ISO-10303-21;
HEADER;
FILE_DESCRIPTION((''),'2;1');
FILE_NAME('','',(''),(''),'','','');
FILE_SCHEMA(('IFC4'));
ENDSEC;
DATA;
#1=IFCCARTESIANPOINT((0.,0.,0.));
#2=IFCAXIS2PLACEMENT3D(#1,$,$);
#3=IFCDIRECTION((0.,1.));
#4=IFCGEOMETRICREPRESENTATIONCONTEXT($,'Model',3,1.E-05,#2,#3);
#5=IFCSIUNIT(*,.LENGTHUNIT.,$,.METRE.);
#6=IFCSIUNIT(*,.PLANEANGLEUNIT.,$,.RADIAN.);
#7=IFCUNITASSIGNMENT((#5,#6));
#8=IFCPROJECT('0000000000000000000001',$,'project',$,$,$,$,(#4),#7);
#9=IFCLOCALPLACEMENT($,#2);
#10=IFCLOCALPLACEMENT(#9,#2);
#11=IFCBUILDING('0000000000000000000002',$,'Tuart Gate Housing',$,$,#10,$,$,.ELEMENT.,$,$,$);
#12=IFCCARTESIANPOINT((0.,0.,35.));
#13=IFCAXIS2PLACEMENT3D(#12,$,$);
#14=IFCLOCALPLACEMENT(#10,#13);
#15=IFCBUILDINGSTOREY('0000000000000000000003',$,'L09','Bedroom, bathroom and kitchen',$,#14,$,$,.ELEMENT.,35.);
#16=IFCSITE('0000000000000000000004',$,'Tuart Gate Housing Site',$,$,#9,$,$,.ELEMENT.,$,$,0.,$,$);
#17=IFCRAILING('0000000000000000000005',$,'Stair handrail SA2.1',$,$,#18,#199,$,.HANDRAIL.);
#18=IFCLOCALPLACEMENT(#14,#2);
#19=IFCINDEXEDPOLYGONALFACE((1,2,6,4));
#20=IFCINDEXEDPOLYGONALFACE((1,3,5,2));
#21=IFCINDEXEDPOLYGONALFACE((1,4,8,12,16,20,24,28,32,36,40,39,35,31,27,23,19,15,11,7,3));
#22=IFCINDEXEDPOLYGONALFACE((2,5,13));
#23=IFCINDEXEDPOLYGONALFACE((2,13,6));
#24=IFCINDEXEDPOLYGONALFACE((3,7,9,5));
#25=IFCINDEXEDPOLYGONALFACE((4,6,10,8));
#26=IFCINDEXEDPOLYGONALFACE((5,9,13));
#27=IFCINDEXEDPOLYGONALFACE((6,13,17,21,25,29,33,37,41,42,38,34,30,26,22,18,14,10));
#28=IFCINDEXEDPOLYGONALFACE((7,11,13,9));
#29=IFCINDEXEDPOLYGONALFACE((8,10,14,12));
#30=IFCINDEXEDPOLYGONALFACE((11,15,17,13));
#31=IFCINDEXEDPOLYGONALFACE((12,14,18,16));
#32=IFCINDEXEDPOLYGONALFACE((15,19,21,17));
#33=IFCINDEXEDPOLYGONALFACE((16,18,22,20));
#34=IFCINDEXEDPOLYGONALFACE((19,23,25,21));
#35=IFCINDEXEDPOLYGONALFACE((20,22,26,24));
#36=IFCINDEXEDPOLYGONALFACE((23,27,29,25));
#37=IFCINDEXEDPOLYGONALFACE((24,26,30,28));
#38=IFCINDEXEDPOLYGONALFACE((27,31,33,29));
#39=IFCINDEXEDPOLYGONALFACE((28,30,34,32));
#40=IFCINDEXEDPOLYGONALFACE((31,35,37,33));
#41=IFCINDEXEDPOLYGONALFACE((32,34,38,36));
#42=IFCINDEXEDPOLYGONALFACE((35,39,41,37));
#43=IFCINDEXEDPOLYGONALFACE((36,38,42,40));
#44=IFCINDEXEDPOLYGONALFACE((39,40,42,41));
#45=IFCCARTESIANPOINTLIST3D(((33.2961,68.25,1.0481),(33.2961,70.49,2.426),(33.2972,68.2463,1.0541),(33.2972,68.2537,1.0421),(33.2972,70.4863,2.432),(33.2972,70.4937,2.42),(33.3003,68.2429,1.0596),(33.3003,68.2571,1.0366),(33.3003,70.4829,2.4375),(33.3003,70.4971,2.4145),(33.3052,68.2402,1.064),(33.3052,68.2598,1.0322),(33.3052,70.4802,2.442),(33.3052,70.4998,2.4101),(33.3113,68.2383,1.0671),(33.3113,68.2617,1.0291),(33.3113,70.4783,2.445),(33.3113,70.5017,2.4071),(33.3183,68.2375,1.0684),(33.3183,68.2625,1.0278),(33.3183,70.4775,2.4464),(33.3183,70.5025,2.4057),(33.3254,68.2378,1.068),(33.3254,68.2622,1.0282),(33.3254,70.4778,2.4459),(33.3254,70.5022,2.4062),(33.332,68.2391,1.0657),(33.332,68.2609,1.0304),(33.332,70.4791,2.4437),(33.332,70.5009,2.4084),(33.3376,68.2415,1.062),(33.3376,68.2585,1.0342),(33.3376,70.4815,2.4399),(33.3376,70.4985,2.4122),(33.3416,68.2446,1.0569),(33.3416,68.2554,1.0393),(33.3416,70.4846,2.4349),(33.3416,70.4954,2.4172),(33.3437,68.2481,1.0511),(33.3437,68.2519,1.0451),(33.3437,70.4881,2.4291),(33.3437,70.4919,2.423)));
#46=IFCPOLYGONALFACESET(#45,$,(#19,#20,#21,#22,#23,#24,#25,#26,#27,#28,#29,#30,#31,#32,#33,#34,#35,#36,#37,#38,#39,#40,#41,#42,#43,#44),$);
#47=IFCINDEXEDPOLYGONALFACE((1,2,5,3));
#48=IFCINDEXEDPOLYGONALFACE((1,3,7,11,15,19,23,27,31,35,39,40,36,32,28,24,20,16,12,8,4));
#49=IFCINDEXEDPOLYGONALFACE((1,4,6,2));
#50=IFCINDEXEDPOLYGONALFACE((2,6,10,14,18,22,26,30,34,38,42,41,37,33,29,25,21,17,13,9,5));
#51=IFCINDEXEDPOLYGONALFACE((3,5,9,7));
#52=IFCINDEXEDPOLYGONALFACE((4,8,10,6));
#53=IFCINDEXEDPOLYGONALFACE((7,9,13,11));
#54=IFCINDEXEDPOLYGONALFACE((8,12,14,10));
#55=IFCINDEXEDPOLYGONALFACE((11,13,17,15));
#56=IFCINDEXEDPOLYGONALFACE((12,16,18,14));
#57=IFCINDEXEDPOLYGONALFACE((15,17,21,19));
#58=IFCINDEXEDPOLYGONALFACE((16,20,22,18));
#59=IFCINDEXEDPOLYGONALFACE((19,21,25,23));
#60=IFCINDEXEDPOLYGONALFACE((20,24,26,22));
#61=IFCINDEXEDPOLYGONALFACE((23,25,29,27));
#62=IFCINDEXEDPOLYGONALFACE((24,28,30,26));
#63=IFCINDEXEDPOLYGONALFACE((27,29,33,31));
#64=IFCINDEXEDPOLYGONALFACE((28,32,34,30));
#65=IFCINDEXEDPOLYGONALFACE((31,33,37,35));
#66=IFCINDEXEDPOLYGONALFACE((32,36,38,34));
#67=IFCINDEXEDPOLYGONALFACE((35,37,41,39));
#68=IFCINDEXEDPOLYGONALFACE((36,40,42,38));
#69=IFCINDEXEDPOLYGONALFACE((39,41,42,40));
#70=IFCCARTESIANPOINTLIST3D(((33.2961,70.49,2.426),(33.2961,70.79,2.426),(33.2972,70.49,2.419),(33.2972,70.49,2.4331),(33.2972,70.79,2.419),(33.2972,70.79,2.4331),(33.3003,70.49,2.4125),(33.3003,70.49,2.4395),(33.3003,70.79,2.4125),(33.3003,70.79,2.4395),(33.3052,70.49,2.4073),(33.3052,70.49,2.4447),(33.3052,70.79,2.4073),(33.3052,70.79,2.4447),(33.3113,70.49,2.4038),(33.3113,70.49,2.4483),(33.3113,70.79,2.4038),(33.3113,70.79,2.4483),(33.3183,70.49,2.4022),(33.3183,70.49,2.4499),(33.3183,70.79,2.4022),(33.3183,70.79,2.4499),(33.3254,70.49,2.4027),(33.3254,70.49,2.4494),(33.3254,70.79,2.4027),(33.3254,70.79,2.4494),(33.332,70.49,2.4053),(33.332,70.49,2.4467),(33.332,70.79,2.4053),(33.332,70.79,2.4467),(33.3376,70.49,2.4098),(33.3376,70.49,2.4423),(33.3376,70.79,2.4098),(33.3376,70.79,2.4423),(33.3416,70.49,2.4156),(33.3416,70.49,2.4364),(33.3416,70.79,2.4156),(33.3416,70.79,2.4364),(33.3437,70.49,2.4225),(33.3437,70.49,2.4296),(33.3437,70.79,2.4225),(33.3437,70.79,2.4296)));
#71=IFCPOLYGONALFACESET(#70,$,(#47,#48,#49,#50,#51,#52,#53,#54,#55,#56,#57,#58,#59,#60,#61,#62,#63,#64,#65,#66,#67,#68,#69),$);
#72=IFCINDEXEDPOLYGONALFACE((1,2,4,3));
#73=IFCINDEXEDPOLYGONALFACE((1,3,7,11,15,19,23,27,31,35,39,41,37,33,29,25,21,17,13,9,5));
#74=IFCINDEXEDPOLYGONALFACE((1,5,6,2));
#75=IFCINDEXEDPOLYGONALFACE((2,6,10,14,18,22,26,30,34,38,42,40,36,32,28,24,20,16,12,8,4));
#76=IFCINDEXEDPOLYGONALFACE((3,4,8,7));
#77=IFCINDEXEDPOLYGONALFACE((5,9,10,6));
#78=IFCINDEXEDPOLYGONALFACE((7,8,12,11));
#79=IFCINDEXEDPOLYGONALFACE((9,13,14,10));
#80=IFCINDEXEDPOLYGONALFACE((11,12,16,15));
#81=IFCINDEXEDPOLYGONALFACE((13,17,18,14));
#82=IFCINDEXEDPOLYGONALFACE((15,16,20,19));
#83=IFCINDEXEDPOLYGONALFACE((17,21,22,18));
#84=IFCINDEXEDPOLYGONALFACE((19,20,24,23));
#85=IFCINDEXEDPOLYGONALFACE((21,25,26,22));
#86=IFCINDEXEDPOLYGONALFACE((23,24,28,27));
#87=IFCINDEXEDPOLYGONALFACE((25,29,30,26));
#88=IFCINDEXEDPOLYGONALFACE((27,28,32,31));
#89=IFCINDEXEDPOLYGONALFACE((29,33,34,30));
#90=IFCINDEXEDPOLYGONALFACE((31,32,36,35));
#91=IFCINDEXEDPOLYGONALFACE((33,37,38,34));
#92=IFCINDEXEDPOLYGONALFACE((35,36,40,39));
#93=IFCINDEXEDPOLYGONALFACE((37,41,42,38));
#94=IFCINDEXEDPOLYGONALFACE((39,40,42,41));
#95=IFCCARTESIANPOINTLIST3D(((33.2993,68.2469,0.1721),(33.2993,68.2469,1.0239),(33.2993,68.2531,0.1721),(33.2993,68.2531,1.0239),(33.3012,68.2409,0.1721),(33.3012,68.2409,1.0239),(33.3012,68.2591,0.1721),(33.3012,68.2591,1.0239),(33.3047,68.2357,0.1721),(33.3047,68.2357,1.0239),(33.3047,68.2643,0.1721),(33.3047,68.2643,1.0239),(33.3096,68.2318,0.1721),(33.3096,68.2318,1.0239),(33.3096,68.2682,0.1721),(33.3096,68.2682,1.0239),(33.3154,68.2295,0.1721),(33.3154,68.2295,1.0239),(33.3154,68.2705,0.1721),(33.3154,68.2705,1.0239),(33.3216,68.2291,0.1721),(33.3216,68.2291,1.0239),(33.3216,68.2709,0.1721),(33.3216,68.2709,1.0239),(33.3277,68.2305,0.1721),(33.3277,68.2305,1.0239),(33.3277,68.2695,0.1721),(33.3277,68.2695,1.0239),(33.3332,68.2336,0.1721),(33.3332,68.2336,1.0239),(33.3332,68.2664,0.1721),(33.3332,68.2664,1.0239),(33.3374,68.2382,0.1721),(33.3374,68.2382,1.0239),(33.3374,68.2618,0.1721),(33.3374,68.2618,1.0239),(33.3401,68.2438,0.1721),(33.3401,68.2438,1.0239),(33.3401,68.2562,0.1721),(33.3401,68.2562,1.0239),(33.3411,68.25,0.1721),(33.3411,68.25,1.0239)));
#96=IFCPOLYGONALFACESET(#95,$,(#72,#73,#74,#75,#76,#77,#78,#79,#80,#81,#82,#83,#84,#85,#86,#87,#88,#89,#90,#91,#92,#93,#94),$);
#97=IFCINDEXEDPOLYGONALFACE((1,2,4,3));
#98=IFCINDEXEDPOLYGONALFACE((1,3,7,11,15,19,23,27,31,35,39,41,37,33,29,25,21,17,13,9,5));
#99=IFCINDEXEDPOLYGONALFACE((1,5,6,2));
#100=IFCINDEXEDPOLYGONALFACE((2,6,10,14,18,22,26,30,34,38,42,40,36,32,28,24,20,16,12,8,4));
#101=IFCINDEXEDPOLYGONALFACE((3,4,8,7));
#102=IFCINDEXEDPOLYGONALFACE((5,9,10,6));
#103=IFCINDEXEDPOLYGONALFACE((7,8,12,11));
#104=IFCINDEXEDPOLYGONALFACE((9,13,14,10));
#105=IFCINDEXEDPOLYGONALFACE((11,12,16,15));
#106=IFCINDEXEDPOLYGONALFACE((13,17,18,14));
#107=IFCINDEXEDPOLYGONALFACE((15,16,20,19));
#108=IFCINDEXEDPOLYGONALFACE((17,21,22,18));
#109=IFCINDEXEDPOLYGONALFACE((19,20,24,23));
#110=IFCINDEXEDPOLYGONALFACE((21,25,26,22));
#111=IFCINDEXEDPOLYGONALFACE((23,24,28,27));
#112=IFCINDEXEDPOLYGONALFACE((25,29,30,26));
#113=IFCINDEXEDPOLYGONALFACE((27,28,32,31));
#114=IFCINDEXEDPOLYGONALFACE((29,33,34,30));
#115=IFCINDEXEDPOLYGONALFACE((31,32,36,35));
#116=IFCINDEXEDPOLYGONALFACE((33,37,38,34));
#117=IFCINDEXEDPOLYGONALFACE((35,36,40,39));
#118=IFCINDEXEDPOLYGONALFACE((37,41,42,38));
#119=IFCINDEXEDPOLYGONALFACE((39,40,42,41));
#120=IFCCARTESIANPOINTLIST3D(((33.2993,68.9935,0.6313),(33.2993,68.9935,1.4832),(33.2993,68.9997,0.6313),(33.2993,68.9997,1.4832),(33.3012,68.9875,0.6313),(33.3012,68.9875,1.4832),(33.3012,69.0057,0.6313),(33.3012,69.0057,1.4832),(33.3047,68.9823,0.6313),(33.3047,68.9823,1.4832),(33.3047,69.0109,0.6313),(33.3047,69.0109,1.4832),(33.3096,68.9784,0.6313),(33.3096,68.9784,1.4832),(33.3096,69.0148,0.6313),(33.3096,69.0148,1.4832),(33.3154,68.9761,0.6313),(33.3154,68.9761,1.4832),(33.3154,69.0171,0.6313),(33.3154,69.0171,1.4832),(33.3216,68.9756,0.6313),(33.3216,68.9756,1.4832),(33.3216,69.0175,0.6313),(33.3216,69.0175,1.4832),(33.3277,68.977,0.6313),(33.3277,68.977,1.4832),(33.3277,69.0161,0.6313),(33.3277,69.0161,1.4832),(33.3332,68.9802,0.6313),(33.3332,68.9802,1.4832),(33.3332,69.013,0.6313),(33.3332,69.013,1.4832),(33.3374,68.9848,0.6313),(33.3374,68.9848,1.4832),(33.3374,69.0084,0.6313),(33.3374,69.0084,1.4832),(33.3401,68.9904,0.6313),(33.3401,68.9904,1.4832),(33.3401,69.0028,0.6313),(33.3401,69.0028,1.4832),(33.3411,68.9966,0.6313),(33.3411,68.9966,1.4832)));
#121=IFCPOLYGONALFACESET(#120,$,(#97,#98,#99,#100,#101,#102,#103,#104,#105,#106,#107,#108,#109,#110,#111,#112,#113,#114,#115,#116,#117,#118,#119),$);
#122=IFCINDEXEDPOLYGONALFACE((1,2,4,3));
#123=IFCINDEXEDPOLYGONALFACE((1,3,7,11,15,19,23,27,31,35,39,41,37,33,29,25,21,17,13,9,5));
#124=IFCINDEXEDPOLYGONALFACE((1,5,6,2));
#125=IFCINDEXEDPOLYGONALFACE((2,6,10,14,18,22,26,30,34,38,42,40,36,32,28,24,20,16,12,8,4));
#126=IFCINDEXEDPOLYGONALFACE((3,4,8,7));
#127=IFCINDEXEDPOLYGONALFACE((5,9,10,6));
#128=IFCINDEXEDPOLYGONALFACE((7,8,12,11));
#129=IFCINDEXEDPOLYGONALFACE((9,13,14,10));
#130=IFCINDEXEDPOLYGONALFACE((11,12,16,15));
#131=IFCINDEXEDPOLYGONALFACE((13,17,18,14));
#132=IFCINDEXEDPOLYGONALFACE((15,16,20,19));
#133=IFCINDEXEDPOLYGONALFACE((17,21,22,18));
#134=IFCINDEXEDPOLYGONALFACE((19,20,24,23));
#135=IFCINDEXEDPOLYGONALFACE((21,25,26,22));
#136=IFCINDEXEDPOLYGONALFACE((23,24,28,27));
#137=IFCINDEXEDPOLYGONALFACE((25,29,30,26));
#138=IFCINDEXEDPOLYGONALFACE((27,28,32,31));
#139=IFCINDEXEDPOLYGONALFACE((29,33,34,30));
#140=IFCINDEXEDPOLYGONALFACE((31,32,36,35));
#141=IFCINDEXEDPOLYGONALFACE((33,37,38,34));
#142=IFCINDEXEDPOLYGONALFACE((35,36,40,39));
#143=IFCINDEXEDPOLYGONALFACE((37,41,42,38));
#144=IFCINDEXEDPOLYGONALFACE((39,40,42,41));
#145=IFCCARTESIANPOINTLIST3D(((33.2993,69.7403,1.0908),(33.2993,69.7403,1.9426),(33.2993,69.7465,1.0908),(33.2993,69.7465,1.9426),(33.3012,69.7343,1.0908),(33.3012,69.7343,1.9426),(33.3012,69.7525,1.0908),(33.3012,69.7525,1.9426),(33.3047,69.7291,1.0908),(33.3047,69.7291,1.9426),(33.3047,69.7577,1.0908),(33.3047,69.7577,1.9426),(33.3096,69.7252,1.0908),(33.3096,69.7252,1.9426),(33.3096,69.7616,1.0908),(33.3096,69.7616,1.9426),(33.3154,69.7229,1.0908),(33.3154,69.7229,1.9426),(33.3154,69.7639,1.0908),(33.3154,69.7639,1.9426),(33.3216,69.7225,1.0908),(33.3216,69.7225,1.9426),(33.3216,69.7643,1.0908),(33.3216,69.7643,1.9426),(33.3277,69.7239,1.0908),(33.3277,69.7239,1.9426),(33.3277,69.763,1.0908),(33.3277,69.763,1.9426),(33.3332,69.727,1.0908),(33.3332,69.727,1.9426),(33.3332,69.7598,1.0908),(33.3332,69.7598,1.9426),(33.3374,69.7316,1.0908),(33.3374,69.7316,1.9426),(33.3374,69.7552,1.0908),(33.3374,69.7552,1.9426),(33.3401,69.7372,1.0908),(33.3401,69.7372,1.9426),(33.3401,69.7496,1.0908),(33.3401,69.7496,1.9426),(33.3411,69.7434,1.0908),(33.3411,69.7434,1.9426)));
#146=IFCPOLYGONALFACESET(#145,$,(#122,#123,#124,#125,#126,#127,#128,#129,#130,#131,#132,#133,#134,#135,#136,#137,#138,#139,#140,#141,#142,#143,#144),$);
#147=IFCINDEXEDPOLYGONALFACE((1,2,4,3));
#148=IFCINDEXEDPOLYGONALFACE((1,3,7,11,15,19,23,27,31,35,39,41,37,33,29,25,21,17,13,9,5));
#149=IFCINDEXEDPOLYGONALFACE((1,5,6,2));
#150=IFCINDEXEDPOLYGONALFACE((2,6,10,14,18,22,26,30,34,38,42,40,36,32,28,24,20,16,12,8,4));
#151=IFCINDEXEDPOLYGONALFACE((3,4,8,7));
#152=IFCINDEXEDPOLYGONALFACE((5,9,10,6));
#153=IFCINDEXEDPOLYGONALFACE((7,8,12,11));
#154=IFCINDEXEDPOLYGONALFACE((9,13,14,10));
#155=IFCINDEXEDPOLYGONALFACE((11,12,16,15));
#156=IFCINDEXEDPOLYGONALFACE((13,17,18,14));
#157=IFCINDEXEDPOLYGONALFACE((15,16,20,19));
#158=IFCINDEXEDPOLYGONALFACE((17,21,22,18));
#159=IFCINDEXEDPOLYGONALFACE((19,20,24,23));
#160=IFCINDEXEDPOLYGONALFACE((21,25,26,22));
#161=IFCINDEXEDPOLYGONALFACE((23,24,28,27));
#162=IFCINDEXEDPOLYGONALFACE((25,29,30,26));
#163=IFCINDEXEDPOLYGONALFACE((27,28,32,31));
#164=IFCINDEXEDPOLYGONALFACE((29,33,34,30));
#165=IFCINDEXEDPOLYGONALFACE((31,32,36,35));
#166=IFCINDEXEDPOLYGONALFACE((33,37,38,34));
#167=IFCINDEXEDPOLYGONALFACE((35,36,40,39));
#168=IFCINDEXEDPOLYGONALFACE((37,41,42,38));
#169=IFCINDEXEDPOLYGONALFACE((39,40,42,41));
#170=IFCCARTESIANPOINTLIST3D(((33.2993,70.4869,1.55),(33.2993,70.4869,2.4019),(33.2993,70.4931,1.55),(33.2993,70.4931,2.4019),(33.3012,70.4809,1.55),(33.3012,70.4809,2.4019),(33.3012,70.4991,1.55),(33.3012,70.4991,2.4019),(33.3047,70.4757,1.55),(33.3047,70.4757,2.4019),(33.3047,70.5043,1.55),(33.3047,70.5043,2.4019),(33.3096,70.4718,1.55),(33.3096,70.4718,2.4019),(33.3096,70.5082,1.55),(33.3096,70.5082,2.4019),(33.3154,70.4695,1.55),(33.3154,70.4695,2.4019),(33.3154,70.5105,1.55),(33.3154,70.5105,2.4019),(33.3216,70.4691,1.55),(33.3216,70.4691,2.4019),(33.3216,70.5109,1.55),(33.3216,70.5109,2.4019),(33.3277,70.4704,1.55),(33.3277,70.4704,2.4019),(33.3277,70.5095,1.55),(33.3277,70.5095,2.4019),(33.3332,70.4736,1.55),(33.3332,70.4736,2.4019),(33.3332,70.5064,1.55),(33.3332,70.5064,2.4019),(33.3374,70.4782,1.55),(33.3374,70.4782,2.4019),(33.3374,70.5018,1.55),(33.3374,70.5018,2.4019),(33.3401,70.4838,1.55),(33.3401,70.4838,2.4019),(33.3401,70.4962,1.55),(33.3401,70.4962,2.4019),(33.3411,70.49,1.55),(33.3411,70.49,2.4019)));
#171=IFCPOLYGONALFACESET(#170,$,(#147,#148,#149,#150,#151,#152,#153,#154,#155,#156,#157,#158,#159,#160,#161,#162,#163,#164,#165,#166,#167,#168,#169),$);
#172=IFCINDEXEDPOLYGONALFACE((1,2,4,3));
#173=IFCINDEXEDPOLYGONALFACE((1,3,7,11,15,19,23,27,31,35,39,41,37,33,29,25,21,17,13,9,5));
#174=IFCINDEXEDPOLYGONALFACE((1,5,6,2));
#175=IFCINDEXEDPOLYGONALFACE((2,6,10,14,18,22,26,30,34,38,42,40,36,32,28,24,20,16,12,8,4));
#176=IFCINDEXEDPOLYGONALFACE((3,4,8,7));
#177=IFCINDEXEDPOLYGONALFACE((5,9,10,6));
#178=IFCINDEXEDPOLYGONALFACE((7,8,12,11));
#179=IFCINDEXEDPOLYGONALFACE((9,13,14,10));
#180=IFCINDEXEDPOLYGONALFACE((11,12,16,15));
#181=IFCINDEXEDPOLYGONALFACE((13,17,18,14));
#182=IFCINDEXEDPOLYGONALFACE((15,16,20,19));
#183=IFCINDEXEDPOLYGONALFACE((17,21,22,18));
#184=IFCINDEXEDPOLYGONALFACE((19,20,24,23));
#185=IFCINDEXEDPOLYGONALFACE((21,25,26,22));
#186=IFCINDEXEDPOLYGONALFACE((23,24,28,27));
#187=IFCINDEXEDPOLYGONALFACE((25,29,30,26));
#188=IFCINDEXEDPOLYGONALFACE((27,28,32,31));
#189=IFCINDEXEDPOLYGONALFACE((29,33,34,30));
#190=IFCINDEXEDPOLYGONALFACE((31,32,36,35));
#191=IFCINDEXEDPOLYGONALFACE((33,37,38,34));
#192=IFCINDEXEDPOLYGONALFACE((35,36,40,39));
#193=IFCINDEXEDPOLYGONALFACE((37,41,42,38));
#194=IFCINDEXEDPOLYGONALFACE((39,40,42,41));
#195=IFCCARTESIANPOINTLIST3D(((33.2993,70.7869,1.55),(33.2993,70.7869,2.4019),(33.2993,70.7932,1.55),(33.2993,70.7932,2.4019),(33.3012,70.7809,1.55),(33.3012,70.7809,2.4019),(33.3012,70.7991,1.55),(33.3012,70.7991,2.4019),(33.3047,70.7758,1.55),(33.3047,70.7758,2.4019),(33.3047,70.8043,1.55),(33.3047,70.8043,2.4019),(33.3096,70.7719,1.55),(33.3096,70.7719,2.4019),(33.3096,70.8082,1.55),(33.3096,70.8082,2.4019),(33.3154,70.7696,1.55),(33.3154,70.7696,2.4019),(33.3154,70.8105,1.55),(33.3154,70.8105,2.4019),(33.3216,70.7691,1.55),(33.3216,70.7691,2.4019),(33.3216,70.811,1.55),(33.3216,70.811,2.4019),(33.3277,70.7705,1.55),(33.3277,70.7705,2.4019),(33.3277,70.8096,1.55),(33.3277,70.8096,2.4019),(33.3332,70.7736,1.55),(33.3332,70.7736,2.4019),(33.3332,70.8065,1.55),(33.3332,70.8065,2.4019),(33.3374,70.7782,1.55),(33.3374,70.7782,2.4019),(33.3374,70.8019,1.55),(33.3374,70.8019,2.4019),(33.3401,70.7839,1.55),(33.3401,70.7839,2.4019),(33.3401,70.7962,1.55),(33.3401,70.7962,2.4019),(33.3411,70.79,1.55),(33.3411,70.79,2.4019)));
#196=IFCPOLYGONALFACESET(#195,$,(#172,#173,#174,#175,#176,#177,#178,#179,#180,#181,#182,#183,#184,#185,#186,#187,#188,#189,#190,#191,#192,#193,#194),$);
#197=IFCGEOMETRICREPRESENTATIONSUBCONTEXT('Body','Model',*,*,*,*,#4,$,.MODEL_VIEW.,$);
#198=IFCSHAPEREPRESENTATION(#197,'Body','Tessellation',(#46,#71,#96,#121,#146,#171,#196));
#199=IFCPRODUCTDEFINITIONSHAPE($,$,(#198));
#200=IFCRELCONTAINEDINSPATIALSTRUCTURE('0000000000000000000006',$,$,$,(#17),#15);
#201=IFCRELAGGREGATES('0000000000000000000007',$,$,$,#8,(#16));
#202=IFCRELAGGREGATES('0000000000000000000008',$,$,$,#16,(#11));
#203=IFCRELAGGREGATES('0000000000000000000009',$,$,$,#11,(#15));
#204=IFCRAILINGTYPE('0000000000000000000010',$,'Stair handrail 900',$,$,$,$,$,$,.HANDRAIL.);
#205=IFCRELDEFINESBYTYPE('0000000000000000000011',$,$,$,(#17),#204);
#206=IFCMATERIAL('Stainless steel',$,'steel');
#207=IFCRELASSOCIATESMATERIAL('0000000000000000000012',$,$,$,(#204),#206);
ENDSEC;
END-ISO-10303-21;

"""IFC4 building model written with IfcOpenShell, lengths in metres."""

from ifc_helpers import new_model, si_unit, direction, frame, origin, origin_2d, place, context, subcontext, project, spatial, circle, extrude, material, type_object, element, save


model = new_model("IFC4")

# Units and contexts
model_context = context("Model", 3, precision=1e-05, world=origin(), true_north=direction((0.0, 1.0)))
body_context = subcontext(model_context, "Body", "Model", "MODEL_VIEW")
ifc_project = project(units=[si_unit("LENGTHUNIT", "METRE"), si_unit("PLANEANGLEUNIT", "RADIAN")], contexts=[model_context])

# Site, building, storey
site_placement = place(None, origin())
site = spatial("IfcSite", under=ifc_project, at=site_placement, Name="Tuart Gate Housing Site", CompositionType="ELEMENT", RefElevation=0.0)
building_placement = place(site_placement, origin())
building = spatial("IfcBuilding", under=site, at=building_placement, Name="Tuart Gate Housing", CompositionType="ELEMENT")
storey_placement = place(building_placement, frame((0.0, 0.0, 35.0)))
storey = spatial("IfcBuildingStorey", under=building, at=storey_placement, Name="L09", Description="Bedroom, bathroom and kitchen", CompositionType="ELEMENT", Elevation=35.0)

# Railing
ifc_material_1 = material(Name="Stainless steel", Category="steel")
railing_type = type_object("IfcRailingType", Name="Stair handrail 900", PredefinedType="HANDRAIL", material=ifc_material_1)
railing_placement = place(storey_placement, frame((33.3201, 68.25, 0.1721)))
element("IfcRailing", 1, at=railing_placement, inside=storey, type_object=railing_type, Name="Stair handrail SA2.1", PredefinedType="HANDRAIL", context=body_context, shape_type="SweptSolid", body=[
    extrude(circle(Radius=0.0239, at=origin_2d()), frame((0.0, 0.0, 0.876), z_axis=(0.0, 0.851748, 0.523952), x_axis=(-1.0, 0.0, 0.0)), (0.0, 0.0, 1.0), 2.6299),
    extrude(circle(Radius=0.0239, at=origin_2d()), frame((0.0, 2.24, 2.2539), z_axis=(0.0, 1.0, 0.0), x_axis=(-1.0, 0.0, 0.0)), (0.0, 0.0, 1.0), 0.3),
    extrude(circle(Radius=0.021, at=origin_2d()), origin(), (0.0, 0.0, 1.0), 0.8518),
    extrude(circle(Radius=0.021, at=origin_2d()), frame((0.0, 0.7466, 0.4592)), (0.0, 0.0, 1.0), 0.8518),
    extrude(circle(Radius=0.021, at=origin_2d()), frame((0.0, 1.4934, 0.9187)), (0.0, 0.0, 1.0), 0.8518),
    extrude(circle(Radius=0.021, at=origin_2d()), frame((0.0, 2.24, 1.3779)), (0.0, 0.0, 1.0), 0.8518),
    extrude(circle(Radius=0.021, at=origin_2d()), frame((0.0, 2.54, 1.3779)), (0.0, 0.0, 1.0), 0.8518),
])

save(model, "model.ifc")
